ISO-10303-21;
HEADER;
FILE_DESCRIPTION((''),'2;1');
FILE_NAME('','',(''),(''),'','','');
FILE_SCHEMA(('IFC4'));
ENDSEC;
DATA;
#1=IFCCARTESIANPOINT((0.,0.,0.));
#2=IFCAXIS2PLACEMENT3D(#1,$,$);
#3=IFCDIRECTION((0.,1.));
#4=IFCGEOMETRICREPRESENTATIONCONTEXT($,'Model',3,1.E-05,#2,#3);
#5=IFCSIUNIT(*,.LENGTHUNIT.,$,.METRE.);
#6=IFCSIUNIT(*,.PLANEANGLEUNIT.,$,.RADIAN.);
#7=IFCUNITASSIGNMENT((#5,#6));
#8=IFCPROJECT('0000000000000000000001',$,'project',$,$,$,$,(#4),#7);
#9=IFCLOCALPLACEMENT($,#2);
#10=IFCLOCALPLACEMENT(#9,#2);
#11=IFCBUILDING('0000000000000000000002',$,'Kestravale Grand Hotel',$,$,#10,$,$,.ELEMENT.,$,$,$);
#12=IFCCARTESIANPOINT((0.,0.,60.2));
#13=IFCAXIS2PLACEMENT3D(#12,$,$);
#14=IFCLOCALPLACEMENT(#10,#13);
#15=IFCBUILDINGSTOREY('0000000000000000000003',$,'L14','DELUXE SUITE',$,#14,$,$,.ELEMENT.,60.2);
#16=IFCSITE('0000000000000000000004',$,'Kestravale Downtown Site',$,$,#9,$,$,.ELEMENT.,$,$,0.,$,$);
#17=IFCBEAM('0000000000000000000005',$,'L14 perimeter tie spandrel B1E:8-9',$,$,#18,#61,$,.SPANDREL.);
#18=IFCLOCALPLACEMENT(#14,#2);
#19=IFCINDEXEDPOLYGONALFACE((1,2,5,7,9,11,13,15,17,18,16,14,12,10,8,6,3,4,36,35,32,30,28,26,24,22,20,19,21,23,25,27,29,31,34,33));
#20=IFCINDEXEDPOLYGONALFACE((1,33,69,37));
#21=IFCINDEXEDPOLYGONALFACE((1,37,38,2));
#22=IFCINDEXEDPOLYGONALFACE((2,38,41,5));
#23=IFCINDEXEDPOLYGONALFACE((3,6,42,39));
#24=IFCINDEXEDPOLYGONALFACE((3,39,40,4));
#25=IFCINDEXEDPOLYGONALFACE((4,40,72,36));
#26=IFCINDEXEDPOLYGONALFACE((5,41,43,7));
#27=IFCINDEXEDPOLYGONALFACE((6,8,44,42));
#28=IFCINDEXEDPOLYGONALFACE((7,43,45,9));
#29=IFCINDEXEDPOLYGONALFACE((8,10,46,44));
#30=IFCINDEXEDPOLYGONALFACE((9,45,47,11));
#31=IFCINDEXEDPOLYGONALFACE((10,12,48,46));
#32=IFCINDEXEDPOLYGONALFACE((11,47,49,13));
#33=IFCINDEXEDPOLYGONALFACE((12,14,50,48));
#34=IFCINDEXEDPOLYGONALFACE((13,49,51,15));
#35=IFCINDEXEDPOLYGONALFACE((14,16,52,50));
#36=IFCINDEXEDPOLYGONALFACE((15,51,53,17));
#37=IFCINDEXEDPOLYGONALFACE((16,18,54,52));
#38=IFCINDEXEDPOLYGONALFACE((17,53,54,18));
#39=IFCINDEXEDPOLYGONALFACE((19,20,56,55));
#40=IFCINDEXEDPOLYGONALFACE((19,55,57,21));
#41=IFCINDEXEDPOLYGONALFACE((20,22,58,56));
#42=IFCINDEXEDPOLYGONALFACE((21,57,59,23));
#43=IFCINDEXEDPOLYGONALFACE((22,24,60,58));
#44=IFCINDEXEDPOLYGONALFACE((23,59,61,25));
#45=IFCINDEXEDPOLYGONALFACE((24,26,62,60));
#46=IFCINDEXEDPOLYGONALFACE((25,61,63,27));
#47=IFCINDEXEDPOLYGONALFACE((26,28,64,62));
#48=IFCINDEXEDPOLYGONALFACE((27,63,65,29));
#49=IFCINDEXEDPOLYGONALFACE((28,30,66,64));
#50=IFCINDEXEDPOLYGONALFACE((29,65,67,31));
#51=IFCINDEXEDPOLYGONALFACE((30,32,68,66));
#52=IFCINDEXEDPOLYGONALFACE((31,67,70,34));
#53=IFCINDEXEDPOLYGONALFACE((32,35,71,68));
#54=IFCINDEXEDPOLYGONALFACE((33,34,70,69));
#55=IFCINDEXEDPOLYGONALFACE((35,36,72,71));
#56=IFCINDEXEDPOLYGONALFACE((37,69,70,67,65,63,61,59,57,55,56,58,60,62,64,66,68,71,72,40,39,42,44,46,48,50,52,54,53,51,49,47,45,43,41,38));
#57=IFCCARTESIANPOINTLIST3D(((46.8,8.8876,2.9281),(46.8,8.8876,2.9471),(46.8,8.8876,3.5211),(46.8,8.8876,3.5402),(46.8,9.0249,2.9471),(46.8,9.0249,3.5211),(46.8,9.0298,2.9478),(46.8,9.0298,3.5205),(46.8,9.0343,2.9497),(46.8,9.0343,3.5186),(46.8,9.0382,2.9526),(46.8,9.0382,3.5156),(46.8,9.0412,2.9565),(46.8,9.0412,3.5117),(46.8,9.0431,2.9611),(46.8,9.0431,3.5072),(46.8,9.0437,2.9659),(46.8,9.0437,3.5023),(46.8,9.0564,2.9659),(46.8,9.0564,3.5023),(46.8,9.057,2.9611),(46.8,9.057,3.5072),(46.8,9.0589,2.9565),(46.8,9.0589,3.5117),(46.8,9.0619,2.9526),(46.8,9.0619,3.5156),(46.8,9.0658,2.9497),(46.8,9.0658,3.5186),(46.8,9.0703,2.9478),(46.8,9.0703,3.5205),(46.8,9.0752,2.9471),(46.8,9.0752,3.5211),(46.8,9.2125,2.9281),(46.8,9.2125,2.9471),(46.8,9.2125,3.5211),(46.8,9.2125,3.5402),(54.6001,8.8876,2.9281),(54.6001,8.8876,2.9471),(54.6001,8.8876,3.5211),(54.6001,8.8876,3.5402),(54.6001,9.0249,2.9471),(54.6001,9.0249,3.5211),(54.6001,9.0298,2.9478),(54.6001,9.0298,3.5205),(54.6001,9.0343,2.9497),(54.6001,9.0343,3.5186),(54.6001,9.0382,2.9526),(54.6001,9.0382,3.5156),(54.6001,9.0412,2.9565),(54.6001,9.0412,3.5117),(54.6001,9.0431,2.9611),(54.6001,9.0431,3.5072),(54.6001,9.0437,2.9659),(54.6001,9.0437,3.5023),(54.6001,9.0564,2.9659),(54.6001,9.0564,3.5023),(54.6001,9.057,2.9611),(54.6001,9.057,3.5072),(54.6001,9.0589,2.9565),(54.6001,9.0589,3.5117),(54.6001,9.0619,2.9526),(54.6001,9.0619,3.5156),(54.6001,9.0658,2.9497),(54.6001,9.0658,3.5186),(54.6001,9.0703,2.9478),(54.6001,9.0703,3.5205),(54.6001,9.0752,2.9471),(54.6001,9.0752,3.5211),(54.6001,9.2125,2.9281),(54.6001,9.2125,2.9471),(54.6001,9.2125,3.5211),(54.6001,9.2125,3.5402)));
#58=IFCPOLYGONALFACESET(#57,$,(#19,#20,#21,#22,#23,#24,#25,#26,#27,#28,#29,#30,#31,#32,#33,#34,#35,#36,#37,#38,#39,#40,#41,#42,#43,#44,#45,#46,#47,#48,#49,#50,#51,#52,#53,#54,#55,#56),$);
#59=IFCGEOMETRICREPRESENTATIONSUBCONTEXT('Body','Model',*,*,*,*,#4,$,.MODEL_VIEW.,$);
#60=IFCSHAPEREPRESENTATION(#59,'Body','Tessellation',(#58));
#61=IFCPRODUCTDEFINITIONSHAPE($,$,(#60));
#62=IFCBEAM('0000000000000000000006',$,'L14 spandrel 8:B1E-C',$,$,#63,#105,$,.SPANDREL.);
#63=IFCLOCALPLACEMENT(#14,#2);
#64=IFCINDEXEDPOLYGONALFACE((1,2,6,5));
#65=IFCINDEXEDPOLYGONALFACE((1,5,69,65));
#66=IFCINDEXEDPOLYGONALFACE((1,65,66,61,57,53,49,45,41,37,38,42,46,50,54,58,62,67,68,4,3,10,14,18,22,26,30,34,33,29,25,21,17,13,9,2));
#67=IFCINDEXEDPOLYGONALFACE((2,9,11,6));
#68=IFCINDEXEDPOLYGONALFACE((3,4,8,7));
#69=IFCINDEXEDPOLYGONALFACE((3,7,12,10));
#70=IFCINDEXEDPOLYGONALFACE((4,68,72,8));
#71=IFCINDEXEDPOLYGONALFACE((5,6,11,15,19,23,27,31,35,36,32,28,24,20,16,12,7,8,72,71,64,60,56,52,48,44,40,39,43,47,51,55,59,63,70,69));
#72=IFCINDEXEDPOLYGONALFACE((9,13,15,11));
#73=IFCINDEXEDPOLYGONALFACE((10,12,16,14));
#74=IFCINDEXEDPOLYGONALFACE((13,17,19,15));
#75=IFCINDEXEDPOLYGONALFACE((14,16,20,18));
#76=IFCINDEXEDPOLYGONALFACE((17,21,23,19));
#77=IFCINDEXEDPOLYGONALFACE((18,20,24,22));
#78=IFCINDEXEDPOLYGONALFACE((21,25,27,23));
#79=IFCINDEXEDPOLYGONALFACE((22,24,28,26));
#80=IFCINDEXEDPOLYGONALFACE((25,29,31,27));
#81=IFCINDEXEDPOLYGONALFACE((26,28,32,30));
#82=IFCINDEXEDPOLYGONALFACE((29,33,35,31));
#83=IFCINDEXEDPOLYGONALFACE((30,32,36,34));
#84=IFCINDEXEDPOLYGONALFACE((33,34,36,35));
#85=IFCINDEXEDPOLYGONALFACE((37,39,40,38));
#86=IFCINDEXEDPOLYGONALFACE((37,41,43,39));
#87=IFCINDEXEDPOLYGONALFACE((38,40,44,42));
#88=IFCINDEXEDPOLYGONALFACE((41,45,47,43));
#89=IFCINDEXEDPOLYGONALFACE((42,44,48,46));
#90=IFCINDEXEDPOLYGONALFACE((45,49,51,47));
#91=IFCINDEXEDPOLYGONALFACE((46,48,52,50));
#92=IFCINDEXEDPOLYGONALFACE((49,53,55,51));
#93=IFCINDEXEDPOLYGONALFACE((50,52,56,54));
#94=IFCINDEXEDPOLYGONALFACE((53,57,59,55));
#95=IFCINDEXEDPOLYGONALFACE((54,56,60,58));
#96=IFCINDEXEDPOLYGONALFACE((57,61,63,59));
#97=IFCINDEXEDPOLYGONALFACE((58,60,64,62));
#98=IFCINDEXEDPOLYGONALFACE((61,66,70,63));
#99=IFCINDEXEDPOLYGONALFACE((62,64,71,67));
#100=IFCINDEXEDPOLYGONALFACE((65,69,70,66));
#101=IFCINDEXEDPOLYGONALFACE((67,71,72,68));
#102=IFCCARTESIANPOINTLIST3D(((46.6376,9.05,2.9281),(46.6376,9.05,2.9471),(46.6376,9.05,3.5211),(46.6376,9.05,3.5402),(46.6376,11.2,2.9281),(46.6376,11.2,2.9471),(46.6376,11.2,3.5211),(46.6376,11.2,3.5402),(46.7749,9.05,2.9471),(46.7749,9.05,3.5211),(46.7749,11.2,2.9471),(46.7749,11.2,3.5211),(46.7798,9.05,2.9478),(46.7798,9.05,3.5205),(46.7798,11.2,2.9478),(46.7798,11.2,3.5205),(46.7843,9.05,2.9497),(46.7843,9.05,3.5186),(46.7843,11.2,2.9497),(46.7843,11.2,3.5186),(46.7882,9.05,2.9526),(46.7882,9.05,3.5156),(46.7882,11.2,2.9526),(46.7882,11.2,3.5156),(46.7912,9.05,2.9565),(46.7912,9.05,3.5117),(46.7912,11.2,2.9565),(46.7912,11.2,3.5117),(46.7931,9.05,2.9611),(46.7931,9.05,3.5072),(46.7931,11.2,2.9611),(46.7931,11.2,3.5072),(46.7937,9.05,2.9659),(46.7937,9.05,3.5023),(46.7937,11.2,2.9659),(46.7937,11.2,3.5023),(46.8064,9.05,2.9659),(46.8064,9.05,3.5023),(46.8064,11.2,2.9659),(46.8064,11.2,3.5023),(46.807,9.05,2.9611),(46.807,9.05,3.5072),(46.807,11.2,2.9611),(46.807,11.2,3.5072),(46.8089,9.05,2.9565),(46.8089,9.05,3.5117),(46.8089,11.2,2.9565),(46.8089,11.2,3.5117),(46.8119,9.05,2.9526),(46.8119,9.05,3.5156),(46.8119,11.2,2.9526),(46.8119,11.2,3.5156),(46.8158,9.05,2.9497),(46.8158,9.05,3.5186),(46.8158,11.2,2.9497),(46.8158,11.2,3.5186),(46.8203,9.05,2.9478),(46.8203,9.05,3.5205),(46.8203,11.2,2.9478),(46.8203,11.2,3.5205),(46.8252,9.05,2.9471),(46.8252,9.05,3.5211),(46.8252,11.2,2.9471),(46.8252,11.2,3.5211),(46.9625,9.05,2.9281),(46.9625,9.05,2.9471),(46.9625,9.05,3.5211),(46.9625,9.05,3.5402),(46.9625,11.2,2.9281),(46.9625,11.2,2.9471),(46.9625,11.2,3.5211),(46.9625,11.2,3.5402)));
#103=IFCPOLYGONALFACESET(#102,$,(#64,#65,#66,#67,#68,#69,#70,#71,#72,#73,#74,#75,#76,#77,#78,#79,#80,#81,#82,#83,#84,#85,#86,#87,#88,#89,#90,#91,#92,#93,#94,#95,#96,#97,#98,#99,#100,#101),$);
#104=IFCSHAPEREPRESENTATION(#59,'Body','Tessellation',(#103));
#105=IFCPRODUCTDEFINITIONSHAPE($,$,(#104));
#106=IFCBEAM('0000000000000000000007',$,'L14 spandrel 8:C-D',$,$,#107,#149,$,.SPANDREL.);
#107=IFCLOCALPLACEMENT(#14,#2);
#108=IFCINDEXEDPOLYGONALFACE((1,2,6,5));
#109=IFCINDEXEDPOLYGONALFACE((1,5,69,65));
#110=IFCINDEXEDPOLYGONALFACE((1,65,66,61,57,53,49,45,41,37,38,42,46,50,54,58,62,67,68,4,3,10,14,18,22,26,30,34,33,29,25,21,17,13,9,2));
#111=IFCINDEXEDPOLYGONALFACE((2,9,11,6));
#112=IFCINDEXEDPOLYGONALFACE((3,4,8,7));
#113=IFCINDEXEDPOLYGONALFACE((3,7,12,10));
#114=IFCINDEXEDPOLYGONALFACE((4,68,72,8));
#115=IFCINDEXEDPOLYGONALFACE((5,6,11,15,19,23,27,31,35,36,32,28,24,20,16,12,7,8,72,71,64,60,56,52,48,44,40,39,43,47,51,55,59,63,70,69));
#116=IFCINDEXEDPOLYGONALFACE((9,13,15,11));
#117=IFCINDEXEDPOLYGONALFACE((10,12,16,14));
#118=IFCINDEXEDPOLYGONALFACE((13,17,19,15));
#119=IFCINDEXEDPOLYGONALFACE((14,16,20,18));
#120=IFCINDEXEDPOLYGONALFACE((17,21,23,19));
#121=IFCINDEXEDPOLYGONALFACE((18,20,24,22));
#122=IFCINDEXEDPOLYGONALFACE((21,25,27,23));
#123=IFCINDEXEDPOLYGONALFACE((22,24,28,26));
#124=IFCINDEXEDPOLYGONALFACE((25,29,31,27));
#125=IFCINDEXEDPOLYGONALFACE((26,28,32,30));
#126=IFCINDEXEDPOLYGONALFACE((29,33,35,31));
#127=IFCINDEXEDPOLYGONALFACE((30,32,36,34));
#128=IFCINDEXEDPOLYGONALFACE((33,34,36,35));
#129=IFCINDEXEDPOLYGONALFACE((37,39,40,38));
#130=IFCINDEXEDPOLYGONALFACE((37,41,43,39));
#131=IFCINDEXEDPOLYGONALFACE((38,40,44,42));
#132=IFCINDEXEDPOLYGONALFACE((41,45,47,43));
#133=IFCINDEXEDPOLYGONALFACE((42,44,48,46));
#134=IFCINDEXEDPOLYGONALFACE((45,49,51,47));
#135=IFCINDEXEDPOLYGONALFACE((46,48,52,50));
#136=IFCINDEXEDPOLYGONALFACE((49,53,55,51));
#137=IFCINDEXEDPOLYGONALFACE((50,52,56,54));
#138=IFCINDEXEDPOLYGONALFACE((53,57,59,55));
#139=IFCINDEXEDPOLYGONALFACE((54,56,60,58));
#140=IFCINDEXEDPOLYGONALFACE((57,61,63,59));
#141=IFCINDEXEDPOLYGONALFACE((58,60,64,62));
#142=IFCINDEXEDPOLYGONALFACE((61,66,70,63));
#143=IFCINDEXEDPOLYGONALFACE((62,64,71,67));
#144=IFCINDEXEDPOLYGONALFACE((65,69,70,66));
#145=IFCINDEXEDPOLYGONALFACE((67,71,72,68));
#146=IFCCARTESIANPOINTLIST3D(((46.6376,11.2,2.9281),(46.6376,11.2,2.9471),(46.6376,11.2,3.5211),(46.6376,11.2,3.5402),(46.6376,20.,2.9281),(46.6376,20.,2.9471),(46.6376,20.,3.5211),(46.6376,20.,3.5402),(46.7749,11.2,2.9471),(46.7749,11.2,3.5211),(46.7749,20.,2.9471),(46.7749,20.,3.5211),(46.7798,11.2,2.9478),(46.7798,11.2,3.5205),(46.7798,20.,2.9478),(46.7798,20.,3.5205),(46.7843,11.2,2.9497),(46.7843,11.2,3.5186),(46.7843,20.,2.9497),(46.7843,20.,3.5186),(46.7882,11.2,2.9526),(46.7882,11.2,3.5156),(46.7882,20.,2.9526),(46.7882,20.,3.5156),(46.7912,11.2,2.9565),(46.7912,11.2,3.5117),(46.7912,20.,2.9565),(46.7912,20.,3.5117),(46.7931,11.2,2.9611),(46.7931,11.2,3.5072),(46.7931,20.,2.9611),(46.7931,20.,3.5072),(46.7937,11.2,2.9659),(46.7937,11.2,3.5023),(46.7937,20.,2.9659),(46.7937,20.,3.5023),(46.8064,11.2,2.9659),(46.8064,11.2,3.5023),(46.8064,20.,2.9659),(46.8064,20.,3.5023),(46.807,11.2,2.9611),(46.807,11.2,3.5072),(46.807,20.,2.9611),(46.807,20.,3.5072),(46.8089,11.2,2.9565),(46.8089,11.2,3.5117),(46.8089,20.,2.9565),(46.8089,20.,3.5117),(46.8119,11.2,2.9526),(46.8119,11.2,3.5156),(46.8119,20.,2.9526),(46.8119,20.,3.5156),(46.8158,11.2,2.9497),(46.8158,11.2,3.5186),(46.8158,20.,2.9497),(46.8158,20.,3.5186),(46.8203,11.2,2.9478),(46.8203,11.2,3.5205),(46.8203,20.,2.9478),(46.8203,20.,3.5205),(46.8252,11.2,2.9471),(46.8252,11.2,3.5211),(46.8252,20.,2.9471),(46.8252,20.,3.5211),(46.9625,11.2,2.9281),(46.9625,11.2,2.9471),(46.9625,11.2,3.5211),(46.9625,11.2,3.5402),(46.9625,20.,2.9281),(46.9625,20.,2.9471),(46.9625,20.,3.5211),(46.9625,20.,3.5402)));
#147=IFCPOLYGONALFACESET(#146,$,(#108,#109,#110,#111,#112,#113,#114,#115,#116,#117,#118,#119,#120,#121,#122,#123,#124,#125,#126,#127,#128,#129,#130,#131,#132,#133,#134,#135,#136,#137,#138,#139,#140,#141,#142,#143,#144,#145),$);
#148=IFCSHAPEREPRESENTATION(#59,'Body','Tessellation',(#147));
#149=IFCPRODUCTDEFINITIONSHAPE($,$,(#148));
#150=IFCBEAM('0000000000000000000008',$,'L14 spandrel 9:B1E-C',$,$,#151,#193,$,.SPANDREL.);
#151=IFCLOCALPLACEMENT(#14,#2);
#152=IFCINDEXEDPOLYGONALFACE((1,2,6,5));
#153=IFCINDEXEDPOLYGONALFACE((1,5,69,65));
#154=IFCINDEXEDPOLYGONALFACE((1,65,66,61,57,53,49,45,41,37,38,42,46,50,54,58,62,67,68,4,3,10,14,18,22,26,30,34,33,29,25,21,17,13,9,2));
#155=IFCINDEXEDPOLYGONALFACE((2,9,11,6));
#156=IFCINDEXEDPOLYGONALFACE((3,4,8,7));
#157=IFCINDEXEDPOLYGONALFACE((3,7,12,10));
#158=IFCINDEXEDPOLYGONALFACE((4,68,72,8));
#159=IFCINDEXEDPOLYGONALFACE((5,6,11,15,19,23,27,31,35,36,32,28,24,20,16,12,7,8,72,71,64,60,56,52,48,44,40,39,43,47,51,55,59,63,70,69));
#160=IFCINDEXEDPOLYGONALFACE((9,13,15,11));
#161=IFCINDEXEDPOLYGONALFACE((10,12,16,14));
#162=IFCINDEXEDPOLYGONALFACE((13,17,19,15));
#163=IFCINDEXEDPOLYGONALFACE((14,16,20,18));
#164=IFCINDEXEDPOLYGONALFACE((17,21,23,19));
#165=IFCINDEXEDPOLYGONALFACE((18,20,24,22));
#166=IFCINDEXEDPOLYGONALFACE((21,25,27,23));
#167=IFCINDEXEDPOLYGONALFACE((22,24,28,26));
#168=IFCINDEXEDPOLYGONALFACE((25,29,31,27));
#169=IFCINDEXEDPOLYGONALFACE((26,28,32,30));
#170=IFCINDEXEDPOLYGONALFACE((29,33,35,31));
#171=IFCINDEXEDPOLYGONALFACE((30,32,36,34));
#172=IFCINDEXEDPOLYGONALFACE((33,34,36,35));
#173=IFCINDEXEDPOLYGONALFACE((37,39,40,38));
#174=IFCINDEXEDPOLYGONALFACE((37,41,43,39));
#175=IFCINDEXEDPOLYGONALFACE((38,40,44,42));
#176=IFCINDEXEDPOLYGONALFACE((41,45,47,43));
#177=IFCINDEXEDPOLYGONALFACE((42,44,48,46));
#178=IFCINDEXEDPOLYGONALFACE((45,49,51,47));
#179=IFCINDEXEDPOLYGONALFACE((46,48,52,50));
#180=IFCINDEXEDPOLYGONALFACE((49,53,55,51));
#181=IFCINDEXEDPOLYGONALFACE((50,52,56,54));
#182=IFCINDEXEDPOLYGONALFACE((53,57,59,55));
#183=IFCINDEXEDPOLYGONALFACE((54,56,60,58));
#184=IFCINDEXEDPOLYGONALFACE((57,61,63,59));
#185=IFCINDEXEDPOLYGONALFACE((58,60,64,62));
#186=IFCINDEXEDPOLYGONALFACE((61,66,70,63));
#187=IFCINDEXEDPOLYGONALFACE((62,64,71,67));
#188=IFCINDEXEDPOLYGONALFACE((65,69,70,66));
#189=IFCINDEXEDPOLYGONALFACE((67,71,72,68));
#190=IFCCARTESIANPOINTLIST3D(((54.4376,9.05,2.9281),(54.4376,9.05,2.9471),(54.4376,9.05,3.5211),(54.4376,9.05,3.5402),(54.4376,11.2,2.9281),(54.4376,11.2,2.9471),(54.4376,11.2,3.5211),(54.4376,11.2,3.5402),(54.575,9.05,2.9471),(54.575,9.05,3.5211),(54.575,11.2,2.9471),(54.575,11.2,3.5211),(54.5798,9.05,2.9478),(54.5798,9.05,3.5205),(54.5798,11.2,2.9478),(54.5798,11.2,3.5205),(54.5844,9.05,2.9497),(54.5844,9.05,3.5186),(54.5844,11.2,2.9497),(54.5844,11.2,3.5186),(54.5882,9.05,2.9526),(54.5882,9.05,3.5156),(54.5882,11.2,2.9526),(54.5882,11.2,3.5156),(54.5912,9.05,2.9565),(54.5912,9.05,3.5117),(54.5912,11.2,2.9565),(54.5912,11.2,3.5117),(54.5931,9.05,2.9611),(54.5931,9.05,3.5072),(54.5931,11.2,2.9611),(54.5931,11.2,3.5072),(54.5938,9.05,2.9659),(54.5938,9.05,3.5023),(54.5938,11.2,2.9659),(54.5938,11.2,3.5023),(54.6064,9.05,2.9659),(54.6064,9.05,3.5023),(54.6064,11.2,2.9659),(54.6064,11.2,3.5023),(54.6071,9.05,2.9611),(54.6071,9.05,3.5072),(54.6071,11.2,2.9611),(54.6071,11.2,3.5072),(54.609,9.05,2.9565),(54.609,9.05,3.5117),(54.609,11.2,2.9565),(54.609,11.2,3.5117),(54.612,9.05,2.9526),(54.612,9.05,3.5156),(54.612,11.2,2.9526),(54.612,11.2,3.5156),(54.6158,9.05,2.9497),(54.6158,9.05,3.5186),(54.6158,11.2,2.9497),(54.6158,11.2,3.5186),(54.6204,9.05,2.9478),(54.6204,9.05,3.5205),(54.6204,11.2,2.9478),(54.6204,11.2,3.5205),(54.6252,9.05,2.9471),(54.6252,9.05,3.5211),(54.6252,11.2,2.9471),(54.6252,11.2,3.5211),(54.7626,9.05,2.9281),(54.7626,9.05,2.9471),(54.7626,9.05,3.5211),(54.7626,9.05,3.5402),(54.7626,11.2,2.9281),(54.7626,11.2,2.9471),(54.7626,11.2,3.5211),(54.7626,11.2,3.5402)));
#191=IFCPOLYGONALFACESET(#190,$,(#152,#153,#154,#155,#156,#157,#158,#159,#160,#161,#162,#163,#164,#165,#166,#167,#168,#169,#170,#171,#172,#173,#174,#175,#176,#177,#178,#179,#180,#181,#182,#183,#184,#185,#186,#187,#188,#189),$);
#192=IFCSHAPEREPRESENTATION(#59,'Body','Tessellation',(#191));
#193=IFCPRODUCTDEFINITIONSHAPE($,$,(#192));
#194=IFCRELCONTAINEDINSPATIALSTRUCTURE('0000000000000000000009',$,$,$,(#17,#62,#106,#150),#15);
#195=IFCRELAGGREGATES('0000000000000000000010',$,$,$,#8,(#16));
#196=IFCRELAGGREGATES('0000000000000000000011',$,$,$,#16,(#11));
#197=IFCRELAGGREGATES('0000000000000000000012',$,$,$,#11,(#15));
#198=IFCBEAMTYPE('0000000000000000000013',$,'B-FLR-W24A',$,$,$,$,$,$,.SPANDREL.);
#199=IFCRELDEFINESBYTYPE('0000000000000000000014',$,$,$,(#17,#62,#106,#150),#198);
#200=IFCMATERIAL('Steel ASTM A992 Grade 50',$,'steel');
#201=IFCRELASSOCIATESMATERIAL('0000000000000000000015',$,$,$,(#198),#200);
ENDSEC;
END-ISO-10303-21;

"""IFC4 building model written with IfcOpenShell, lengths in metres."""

from ifc_helpers import new_model, si_unit, direction, frame, origin, origin_2d, place, context, subcontext, project, spatial, i_section, extrude, material, material_profile, profile_set, type_object, element, save


model = new_model("IFC4")

# Units and contexts
model_context = context("Model", 3, precision=1e-05, world=origin(), true_north=direction((0.0, 1.0)))
body_context = subcontext(model_context, "Body", "Model", "MODEL_VIEW")
ifc_project = project(units=[si_unit("LENGTHUNIT", "METRE"), si_unit("PLANEANGLEUNIT", "RADIAN")], contexts=[model_context])

# Site, building, storey
site_placement = place(None, origin())
site = spatial("IfcSite", under=ifc_project, at=site_placement, Name="Kestravale Downtown Site", CompositionType="ELEMENT", RefElevation=0.0)
building_placement = place(site_placement, origin())
building = spatial("IfcBuilding", under=site, at=building_placement, Name="Kestravale Grand Hotel", CompositionType="ELEMENT")
storey_placement = place(building_placement, frame((0.0, 0.0, 60.2)))
storey = spatial("IfcBuildingStorey", under=building, at=storey_placement, Name="L14", Description="DELUXE SUITE", CompositionType="ELEMENT", Elevation=60.2)

# Beams
ifc_material_1 = material(Name="Steel ASTM A992 Grade 50", Category="steel")
ifc_material_profile_1 = material_profile(ifc_material_1, i_section(OverallWidth=0.325, OverallDepth=0.6121, WebThickness=0.0127, FlangeThickness=0.019, FilletRadius=0.0188, at=origin_2d()))
ifc_profile_set_1 = profile_set([ifc_material_profile_1], Name="Steel ASTM A992 Grade 50")
beam_type_1 = type_object("IfcBeamType", Name="B-FLR-W24A", PredefinedType="SPANDREL", material=ifc_profile_set_1)
beam_1_placement = place(storey_placement, frame((46.8, 9.05, 3.2341), z_axis=(1.0, 0.0, 0.0), x_axis=(0.0, 1.0, 0.0)))
element("IfcBeam", 1, at=beam_1_placement, inside=storey, type_object=beam_type_1, Name="L14 perimeter tie spandrel B1E:8-9", PredefinedType="SPANDREL", context=body_context, shape_type="SweptSolid", body=[
    extrude(i_section(OverallWidth=0.325, OverallDepth=0.6121, WebThickness=0.0127, FlangeThickness=0.019, FilletRadius=0.0188, at=origin_2d()), origin(), (0.0, 0.0, 1.0), 7.8),
])
beam_2_placement = place(storey_placement, frame((46.8, 9.05, 3.2341), z_axis=(0.0, 1.0, 0.0), x_axis=(-1.0, 0.0, 0.0)))
element("IfcBeam", 2, at=beam_2_placement, inside=storey, type_object=beam_type_1, Name="L14 spandrel 8:B1E-C", PredefinedType="SPANDREL", context=body_context, shape_type="SweptSolid", body=[
    extrude(i_section(OverallWidth=0.325, OverallDepth=0.6121, WebThickness=0.0127, FlangeThickness=0.019, FilletRadius=0.0188, at=origin_2d()), origin(), (0.0, 0.0, 1.0), 2.1499),
])
beam_3_placement = place(storey_placement, frame((46.8, 11.2, 3.2341), z_axis=(0.0, 1.0, 0.0), x_axis=(-1.0, 0.0, 0.0)))
element("IfcBeam", 3, at=beam_3_placement, inside=storey, type_object=beam_type_1, Name="L14 spandrel 8:C-D", PredefinedType="SPANDREL", context=body_context, shape_type="SweptSolid", body=[
    extrude(i_section(OverallWidth=0.325, OverallDepth=0.6121, WebThickness=0.0127, FlangeThickness=0.019, FilletRadius=0.0188, at=origin_2d()), origin(), (0.0, 0.0, 1.0), 8.8),
])
beam_4_placement = place(storey_placement, frame((54.6001, 9.05, 3.2341), z_axis=(0.0, 1.0, 0.0), x_axis=(-1.0, 0.0, 0.0)))
element("IfcBeam", 4, at=beam_4_placement, inside=storey, type_object=beam_type_1, Name="L14 spandrel 9:B1E-C", PredefinedType="SPANDREL", context=body_context, shape_type="SweptSolid", body=[
    extrude(i_section(OverallWidth=0.325, OverallDepth=0.6121, WebThickness=0.0127, FlangeThickness=0.019, FilletRadius=0.0188, at=origin_2d()), origin(), (0.0, 0.0, 1.0), 2.1499),
])

save(model, "model.ifc")
